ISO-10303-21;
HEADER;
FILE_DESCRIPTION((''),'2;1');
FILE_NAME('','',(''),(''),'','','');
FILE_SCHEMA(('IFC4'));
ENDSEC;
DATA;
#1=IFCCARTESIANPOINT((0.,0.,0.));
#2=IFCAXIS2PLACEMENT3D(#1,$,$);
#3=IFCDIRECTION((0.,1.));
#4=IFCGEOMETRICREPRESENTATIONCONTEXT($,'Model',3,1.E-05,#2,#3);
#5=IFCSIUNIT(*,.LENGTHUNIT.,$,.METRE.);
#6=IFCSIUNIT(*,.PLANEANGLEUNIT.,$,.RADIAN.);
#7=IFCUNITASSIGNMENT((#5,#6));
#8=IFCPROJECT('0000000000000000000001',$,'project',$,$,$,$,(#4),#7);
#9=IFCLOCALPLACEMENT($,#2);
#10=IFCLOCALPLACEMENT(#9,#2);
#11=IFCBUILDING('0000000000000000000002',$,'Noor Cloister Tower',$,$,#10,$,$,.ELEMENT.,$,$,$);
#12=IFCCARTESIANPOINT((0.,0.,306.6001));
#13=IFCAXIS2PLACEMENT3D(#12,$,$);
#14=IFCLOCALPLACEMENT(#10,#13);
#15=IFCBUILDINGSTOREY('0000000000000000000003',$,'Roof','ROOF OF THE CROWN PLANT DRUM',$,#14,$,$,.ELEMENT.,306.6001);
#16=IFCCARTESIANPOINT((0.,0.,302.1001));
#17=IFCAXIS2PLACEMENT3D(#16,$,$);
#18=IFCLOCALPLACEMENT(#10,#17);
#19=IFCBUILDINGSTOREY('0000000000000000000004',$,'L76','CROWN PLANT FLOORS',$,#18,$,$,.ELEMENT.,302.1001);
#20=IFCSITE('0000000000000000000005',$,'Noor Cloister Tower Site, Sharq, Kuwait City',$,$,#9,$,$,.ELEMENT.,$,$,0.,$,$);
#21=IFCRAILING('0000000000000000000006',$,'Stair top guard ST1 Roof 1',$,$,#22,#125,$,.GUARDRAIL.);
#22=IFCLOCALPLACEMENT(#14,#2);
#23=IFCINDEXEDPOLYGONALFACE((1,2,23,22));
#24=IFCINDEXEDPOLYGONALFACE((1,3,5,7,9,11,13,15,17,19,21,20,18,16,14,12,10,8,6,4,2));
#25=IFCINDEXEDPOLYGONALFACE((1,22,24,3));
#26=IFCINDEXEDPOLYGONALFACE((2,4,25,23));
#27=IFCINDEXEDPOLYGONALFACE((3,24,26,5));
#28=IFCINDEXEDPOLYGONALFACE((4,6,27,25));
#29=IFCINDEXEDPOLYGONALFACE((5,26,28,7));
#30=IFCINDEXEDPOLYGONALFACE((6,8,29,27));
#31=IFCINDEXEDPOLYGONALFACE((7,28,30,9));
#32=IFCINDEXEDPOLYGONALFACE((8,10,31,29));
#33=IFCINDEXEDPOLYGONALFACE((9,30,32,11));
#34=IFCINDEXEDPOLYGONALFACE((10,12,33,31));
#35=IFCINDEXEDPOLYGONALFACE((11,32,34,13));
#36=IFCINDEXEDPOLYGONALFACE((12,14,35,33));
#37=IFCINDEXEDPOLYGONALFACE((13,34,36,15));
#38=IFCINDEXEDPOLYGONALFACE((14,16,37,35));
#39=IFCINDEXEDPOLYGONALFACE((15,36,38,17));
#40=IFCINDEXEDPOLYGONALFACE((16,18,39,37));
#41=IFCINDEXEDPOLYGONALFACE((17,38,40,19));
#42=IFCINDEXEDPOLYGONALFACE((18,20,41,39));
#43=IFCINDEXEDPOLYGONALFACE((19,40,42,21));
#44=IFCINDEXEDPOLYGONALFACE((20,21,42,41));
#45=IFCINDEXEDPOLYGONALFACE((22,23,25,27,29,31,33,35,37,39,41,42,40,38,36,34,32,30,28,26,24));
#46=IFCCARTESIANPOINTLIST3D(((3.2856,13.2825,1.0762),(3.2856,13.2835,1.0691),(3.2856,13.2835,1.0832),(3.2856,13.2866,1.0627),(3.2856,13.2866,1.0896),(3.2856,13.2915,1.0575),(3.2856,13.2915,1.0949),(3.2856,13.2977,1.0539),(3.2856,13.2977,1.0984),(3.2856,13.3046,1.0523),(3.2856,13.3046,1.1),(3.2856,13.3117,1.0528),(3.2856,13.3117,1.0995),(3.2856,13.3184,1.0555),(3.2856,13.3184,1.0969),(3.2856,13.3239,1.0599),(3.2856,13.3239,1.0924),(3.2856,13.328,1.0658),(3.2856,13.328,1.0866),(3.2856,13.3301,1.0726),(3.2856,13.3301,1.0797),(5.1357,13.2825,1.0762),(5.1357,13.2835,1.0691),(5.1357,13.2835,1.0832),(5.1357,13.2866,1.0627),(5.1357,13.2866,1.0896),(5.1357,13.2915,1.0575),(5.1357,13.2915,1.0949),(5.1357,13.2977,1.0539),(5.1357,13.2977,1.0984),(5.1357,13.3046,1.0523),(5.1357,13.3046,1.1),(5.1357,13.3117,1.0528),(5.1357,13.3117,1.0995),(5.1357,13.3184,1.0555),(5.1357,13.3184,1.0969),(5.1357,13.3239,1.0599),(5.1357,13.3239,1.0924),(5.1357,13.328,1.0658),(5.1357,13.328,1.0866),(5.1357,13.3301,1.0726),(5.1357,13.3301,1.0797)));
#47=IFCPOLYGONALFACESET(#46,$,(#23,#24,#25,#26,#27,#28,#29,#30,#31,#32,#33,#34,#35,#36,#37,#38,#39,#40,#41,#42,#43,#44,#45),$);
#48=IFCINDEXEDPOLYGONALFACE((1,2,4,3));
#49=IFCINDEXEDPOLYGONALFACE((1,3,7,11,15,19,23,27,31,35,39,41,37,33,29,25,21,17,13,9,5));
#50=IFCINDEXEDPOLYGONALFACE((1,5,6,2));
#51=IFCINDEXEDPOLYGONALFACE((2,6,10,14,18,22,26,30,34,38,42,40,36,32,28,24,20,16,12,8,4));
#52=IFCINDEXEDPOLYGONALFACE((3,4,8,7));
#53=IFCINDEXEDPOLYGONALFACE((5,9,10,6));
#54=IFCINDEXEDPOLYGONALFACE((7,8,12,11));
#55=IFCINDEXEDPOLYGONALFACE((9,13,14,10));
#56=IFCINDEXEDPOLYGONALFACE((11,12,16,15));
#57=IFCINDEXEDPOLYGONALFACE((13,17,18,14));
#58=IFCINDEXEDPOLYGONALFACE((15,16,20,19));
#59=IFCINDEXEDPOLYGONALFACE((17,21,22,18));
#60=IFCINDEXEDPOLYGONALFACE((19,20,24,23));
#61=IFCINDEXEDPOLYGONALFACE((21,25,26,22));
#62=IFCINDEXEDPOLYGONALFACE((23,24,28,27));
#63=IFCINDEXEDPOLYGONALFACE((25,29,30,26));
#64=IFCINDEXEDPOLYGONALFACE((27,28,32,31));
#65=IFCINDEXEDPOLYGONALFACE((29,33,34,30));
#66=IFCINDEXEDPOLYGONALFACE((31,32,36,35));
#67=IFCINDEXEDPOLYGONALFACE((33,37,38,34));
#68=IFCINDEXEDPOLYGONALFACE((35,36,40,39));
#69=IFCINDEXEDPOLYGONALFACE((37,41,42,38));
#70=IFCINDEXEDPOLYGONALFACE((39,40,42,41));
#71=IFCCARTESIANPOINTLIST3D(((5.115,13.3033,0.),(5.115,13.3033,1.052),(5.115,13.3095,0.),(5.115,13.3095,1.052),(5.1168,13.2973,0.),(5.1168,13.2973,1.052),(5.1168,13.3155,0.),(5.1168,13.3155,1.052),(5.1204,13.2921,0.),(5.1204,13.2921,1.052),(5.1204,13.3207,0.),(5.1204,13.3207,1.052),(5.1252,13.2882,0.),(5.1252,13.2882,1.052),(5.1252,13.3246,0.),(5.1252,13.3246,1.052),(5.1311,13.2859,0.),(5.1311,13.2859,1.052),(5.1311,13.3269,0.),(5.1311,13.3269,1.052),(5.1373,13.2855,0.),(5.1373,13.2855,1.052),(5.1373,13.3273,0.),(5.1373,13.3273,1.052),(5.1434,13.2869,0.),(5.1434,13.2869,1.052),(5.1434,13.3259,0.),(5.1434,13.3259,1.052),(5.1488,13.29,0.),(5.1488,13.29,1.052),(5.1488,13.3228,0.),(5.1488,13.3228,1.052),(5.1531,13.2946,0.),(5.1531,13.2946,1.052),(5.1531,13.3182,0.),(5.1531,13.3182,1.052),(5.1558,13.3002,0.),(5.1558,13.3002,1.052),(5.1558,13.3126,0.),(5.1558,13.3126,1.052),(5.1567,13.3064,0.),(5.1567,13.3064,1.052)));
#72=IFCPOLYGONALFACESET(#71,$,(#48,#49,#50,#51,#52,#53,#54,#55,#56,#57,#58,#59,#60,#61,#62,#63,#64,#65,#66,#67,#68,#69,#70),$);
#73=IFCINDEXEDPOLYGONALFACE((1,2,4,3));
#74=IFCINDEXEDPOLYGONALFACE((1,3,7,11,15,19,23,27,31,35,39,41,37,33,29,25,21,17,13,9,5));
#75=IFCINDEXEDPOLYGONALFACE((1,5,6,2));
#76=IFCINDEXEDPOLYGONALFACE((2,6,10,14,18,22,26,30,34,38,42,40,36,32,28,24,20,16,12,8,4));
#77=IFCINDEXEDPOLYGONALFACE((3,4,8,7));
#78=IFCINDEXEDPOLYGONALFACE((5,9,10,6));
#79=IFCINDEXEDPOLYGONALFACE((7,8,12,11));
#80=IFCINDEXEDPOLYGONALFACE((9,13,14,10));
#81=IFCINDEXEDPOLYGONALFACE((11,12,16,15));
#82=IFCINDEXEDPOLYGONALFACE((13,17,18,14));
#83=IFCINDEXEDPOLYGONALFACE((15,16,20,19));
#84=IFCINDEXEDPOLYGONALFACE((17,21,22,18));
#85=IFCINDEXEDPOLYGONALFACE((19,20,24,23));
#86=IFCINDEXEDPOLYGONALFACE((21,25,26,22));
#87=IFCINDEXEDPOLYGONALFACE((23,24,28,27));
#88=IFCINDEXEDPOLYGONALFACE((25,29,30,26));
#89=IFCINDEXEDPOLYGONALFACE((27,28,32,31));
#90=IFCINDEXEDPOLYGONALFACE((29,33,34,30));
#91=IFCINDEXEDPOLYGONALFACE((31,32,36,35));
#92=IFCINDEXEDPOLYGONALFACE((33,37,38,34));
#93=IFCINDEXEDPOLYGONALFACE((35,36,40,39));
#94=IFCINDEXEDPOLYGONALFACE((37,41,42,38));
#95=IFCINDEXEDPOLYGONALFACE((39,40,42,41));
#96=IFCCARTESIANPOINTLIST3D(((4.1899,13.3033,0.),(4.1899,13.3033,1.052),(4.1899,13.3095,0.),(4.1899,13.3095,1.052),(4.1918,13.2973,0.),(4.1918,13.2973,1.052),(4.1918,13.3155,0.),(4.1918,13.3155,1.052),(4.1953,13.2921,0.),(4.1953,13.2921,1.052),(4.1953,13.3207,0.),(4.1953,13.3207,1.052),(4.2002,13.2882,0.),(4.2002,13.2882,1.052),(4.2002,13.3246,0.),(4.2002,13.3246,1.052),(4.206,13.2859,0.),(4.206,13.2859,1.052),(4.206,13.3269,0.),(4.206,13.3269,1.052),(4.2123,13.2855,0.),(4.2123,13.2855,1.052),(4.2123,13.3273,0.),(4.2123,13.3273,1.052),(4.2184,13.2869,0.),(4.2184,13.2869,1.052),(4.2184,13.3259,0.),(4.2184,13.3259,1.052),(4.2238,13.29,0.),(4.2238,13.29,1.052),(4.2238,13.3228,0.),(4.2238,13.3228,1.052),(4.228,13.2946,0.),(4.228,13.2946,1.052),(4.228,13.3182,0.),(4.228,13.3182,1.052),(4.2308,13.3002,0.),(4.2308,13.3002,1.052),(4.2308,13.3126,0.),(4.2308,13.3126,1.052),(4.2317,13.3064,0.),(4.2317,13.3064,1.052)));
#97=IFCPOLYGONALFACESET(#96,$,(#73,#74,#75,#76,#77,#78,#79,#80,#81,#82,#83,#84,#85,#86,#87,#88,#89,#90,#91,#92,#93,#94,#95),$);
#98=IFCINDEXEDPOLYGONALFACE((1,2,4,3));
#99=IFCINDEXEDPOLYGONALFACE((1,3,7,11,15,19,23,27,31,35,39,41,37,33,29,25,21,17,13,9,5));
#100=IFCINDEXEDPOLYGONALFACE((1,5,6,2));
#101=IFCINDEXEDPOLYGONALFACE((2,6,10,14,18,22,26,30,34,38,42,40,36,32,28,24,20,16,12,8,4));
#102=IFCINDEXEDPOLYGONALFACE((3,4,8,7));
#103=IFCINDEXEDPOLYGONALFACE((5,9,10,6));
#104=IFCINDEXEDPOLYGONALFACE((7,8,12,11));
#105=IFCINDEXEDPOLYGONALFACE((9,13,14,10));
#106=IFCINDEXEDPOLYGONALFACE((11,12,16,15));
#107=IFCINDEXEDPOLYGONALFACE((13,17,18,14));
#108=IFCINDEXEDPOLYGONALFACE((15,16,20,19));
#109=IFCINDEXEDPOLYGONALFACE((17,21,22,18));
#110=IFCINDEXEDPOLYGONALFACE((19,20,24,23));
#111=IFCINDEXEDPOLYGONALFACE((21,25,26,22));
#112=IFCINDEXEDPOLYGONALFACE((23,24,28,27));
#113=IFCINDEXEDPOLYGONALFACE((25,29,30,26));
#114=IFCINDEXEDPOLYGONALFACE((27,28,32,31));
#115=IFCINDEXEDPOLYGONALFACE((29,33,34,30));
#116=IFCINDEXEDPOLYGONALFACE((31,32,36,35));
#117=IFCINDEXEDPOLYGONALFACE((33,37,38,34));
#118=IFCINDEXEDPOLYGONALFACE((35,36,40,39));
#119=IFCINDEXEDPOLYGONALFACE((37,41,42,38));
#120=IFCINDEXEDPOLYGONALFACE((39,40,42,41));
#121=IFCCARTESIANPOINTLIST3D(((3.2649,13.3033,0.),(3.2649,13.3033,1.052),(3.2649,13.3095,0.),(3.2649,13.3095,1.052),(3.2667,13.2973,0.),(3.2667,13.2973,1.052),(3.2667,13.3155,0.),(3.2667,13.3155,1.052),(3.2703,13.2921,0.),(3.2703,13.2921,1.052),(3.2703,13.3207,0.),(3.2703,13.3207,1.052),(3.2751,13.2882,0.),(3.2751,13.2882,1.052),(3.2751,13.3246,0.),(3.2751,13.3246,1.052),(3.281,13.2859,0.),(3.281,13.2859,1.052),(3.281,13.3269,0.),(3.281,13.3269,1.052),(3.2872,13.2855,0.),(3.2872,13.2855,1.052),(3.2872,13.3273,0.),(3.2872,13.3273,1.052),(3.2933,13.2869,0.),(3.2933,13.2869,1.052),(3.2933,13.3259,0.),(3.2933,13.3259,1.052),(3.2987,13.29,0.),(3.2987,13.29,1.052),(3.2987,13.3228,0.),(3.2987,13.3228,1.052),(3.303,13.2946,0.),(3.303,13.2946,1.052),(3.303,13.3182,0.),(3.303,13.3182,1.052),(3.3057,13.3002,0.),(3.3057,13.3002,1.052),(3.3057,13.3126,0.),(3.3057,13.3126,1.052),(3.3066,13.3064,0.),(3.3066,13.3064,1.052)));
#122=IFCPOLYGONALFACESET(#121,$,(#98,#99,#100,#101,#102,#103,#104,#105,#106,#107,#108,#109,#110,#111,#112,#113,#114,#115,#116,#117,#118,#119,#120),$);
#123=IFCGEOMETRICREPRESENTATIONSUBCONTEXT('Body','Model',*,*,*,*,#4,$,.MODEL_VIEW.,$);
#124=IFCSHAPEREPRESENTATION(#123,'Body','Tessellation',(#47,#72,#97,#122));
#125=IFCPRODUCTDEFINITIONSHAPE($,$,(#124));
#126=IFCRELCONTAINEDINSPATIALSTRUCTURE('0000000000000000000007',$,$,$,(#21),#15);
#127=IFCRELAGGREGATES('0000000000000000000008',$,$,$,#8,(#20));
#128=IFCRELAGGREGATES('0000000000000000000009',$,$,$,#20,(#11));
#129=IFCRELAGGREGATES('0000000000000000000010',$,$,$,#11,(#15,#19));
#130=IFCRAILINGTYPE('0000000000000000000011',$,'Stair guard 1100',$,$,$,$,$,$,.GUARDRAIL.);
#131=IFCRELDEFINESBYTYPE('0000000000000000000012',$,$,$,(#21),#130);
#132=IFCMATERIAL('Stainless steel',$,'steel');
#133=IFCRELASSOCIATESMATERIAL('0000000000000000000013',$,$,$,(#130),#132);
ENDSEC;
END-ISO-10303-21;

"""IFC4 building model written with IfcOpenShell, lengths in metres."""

from ifc_helpers import new_model, si_unit, direction, frame, origin, origin_2d, place, context, subcontext, project, spatial, circle, extrude, material, type_object, element, save


model = new_model("IFC4")

# Units and contexts
model_context = context("Model", 3, precision=1e-05, world=origin(), true_north=direction((0.0, 1.0)))
body_context = subcontext(model_context, "Body", "Model", "MODEL_VIEW")
ifc_project = project(units=[si_unit("LENGTHUNIT", "METRE"), si_unit("PLANEANGLEUNIT", "RADIAN")], contexts=[model_context])

# Site, building, storey
site_placement = place(None, origin())
site = spatial("IfcSite", under=ifc_project, at=site_placement, Name="Noor Cloister Tower Site, Sharq, Kuwait City", CompositionType="ELEMENT", RefElevation=0.0)
building_placement = place(site_placement, origin())
building = spatial("IfcBuilding", under=site, at=building_placement, Name="Noor Cloister Tower", CompositionType="ELEMENT")
storey_1_placement = place(building_placement, frame((0.0, 0.0, 306.6001)))
storey_1 = spatial("IfcBuildingStorey", under=building, at=storey_1_placement, Name="Roof", Description="ROOF OF THE CROWN PLANT DRUM", CompositionType="ELEMENT", Elevation=306.6001)

# Shared definitions
storey_2_placement = place(building_placement, frame((0.0, 0.0, 302.1001)))
storey_2 = spatial("IfcBuildingStorey", under=building, at=storey_2_placement, Name="L76", Description="CROWN PLANT FLOORS", CompositionType="ELEMENT", Elevation=302.1001)

# Railing
ifc_material_1 = material(Name="Stainless steel", Category="steel")
railing_type = type_object("IfcRailingType", Name="Stair guard 1100", PredefinedType="GUARDRAIL", material=ifc_material_1)
railing_placement = place(storey_1_placement, frame((5.1357, 13.3064, 0.0)))
element("IfcRailing", 1, at=railing_placement, inside=storey_1, type_object=railing_type, Name="Stair top guard ST1 Roof 1", PredefinedType="GUARDRAIL", context=body_context, shape_type="SweptSolid", body=[
    extrude(circle(Radius=0.0239, at=origin_2d()), frame((0.0, 0.0, 1.0762), z_axis=(-1.0, 0.0, 0.0), x_axis=(0.0, -1.0, 0.0)), (0.0, 0.0, 1.0), 1.8501),
    extrude(circle(Radius=0.021, at=origin_2d()), origin(), (0.0, 0.0, 1.0), 1.052),
    extrude(circle(Radius=0.021, at=origin_2d()), frame((-0.925, 0.0, 0.0)), (0.0, 0.0, 1.0), 1.052),
    extrude(circle(Radius=0.021, at=origin_2d()), frame((-1.8501, 0.0, 0.0)), (0.0, 0.0, 1.0), 1.052),
])

save(model, "model.ifc")
